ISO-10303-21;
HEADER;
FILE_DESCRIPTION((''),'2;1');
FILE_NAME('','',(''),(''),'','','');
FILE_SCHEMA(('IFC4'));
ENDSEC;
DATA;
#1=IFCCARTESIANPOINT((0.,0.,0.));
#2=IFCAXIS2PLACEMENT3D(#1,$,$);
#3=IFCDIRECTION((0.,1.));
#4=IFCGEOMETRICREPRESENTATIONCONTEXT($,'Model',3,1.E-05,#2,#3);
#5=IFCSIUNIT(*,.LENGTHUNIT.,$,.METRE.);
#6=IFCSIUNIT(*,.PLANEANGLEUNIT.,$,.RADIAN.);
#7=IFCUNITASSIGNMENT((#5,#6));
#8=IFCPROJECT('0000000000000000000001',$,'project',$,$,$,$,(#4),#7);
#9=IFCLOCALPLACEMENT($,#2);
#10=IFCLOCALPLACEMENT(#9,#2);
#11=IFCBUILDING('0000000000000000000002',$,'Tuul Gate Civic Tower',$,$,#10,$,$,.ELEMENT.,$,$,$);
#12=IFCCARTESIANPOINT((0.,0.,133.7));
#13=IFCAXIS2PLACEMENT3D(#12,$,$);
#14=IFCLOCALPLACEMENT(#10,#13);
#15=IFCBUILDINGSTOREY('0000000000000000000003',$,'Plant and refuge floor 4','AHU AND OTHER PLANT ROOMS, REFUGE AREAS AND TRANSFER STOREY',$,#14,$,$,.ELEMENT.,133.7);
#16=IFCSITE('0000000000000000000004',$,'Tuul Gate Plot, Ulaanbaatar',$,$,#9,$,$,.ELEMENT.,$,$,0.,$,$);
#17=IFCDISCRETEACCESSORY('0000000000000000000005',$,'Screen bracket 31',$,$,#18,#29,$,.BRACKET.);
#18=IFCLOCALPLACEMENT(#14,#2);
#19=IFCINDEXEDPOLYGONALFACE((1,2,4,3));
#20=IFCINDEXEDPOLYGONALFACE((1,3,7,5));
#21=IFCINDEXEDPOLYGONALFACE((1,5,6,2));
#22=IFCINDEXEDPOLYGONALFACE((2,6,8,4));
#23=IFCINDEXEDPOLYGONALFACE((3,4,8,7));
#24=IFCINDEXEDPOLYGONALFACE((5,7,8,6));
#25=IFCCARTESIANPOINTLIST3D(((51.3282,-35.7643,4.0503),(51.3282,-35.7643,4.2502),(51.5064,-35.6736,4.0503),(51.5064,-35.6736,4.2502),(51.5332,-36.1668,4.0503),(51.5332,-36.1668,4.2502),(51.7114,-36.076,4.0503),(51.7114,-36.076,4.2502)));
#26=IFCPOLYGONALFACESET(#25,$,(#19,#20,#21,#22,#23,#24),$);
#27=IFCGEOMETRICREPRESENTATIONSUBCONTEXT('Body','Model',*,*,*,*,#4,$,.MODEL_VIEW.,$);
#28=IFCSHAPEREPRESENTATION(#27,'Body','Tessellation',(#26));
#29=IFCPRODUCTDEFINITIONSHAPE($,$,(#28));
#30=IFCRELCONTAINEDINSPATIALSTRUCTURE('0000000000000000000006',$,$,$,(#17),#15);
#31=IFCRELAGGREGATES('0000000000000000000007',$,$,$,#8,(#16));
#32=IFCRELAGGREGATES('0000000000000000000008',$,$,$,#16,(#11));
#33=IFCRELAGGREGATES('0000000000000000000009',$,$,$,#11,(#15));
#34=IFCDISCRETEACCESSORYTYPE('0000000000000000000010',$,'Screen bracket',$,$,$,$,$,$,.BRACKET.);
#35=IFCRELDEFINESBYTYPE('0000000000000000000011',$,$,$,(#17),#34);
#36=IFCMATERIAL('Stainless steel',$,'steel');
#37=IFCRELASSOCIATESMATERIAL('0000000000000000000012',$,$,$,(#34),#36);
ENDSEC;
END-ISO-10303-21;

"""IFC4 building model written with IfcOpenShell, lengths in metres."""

from ifc_helpers import new_model, si_unit, direction, frame, origin, origin_2d, place, context, subcontext, project, spatial, rectangle, extrude, material, type_object, element, save


model = new_model("IFC4")

# Units and contexts
model_context = context("Model", 3, precision=1e-05, world=origin(), true_north=direction((0.0, 1.0)))
body_context = subcontext(model_context, "Body", "Model", "MODEL_VIEW")
ifc_project = project(units=[si_unit("LENGTHUNIT", "METRE"), si_unit("PLANEANGLEUNIT", "RADIAN")], contexts=[model_context])

# Site, building, storey
site_placement = place(None, origin())
site = spatial("IfcSite", under=ifc_project, at=site_placement, Name="Tuul Gate Plot, Ulaanbaatar", CompositionType="ELEMENT", RefElevation=0.0)
building_placement = place(site_placement, origin())
building = spatial("IfcBuilding", under=site, at=building_placement, Name="Tuul Gate Civic Tower", CompositionType="ELEMENT")
storey_placement = place(building_placement, frame((0.0, 0.0, 133.7)))
storey = spatial("IfcBuildingStorey", under=building, at=storey_placement, Name="Plant and refuge floor 4", Description="AHU AND OTHER PLANT ROOMS, REFUGE AREAS AND TRANSFER STOREY", CompositionType="ELEMENT", Elevation=133.7)

# Discrete accessory
ifc_material_1 = material(Name="Stainless steel", Category="steel")
discrete_accessory_type = type_object("IfcDiscreteAccessoryType", Name="Screen bracket", PredefinedType="BRACKET", material=ifc_material_1)
discrete_accessory_placement = place(storey_placement, frame((51.5198, -35.9202, 4.0503), z_axis=(0.0, 0.0, 1.0), x_axis=(0.453849, -0.891079, 0.0)))
element("IfcDiscreteAccessory", 1, at=discrete_accessory_placement, inside=storey, type_object=discrete_accessory_type, Name="Screen bracket 31", PredefinedType="BRACKET", context=body_context, shape_type="SweptSolid", body=[
    extrude(rectangle(XDim=0.4517, YDim=0.2, at=origin_2d()), origin(), (0.0, 0.0, 1.0), 0.2),
])

save(model, "model.ifc")
